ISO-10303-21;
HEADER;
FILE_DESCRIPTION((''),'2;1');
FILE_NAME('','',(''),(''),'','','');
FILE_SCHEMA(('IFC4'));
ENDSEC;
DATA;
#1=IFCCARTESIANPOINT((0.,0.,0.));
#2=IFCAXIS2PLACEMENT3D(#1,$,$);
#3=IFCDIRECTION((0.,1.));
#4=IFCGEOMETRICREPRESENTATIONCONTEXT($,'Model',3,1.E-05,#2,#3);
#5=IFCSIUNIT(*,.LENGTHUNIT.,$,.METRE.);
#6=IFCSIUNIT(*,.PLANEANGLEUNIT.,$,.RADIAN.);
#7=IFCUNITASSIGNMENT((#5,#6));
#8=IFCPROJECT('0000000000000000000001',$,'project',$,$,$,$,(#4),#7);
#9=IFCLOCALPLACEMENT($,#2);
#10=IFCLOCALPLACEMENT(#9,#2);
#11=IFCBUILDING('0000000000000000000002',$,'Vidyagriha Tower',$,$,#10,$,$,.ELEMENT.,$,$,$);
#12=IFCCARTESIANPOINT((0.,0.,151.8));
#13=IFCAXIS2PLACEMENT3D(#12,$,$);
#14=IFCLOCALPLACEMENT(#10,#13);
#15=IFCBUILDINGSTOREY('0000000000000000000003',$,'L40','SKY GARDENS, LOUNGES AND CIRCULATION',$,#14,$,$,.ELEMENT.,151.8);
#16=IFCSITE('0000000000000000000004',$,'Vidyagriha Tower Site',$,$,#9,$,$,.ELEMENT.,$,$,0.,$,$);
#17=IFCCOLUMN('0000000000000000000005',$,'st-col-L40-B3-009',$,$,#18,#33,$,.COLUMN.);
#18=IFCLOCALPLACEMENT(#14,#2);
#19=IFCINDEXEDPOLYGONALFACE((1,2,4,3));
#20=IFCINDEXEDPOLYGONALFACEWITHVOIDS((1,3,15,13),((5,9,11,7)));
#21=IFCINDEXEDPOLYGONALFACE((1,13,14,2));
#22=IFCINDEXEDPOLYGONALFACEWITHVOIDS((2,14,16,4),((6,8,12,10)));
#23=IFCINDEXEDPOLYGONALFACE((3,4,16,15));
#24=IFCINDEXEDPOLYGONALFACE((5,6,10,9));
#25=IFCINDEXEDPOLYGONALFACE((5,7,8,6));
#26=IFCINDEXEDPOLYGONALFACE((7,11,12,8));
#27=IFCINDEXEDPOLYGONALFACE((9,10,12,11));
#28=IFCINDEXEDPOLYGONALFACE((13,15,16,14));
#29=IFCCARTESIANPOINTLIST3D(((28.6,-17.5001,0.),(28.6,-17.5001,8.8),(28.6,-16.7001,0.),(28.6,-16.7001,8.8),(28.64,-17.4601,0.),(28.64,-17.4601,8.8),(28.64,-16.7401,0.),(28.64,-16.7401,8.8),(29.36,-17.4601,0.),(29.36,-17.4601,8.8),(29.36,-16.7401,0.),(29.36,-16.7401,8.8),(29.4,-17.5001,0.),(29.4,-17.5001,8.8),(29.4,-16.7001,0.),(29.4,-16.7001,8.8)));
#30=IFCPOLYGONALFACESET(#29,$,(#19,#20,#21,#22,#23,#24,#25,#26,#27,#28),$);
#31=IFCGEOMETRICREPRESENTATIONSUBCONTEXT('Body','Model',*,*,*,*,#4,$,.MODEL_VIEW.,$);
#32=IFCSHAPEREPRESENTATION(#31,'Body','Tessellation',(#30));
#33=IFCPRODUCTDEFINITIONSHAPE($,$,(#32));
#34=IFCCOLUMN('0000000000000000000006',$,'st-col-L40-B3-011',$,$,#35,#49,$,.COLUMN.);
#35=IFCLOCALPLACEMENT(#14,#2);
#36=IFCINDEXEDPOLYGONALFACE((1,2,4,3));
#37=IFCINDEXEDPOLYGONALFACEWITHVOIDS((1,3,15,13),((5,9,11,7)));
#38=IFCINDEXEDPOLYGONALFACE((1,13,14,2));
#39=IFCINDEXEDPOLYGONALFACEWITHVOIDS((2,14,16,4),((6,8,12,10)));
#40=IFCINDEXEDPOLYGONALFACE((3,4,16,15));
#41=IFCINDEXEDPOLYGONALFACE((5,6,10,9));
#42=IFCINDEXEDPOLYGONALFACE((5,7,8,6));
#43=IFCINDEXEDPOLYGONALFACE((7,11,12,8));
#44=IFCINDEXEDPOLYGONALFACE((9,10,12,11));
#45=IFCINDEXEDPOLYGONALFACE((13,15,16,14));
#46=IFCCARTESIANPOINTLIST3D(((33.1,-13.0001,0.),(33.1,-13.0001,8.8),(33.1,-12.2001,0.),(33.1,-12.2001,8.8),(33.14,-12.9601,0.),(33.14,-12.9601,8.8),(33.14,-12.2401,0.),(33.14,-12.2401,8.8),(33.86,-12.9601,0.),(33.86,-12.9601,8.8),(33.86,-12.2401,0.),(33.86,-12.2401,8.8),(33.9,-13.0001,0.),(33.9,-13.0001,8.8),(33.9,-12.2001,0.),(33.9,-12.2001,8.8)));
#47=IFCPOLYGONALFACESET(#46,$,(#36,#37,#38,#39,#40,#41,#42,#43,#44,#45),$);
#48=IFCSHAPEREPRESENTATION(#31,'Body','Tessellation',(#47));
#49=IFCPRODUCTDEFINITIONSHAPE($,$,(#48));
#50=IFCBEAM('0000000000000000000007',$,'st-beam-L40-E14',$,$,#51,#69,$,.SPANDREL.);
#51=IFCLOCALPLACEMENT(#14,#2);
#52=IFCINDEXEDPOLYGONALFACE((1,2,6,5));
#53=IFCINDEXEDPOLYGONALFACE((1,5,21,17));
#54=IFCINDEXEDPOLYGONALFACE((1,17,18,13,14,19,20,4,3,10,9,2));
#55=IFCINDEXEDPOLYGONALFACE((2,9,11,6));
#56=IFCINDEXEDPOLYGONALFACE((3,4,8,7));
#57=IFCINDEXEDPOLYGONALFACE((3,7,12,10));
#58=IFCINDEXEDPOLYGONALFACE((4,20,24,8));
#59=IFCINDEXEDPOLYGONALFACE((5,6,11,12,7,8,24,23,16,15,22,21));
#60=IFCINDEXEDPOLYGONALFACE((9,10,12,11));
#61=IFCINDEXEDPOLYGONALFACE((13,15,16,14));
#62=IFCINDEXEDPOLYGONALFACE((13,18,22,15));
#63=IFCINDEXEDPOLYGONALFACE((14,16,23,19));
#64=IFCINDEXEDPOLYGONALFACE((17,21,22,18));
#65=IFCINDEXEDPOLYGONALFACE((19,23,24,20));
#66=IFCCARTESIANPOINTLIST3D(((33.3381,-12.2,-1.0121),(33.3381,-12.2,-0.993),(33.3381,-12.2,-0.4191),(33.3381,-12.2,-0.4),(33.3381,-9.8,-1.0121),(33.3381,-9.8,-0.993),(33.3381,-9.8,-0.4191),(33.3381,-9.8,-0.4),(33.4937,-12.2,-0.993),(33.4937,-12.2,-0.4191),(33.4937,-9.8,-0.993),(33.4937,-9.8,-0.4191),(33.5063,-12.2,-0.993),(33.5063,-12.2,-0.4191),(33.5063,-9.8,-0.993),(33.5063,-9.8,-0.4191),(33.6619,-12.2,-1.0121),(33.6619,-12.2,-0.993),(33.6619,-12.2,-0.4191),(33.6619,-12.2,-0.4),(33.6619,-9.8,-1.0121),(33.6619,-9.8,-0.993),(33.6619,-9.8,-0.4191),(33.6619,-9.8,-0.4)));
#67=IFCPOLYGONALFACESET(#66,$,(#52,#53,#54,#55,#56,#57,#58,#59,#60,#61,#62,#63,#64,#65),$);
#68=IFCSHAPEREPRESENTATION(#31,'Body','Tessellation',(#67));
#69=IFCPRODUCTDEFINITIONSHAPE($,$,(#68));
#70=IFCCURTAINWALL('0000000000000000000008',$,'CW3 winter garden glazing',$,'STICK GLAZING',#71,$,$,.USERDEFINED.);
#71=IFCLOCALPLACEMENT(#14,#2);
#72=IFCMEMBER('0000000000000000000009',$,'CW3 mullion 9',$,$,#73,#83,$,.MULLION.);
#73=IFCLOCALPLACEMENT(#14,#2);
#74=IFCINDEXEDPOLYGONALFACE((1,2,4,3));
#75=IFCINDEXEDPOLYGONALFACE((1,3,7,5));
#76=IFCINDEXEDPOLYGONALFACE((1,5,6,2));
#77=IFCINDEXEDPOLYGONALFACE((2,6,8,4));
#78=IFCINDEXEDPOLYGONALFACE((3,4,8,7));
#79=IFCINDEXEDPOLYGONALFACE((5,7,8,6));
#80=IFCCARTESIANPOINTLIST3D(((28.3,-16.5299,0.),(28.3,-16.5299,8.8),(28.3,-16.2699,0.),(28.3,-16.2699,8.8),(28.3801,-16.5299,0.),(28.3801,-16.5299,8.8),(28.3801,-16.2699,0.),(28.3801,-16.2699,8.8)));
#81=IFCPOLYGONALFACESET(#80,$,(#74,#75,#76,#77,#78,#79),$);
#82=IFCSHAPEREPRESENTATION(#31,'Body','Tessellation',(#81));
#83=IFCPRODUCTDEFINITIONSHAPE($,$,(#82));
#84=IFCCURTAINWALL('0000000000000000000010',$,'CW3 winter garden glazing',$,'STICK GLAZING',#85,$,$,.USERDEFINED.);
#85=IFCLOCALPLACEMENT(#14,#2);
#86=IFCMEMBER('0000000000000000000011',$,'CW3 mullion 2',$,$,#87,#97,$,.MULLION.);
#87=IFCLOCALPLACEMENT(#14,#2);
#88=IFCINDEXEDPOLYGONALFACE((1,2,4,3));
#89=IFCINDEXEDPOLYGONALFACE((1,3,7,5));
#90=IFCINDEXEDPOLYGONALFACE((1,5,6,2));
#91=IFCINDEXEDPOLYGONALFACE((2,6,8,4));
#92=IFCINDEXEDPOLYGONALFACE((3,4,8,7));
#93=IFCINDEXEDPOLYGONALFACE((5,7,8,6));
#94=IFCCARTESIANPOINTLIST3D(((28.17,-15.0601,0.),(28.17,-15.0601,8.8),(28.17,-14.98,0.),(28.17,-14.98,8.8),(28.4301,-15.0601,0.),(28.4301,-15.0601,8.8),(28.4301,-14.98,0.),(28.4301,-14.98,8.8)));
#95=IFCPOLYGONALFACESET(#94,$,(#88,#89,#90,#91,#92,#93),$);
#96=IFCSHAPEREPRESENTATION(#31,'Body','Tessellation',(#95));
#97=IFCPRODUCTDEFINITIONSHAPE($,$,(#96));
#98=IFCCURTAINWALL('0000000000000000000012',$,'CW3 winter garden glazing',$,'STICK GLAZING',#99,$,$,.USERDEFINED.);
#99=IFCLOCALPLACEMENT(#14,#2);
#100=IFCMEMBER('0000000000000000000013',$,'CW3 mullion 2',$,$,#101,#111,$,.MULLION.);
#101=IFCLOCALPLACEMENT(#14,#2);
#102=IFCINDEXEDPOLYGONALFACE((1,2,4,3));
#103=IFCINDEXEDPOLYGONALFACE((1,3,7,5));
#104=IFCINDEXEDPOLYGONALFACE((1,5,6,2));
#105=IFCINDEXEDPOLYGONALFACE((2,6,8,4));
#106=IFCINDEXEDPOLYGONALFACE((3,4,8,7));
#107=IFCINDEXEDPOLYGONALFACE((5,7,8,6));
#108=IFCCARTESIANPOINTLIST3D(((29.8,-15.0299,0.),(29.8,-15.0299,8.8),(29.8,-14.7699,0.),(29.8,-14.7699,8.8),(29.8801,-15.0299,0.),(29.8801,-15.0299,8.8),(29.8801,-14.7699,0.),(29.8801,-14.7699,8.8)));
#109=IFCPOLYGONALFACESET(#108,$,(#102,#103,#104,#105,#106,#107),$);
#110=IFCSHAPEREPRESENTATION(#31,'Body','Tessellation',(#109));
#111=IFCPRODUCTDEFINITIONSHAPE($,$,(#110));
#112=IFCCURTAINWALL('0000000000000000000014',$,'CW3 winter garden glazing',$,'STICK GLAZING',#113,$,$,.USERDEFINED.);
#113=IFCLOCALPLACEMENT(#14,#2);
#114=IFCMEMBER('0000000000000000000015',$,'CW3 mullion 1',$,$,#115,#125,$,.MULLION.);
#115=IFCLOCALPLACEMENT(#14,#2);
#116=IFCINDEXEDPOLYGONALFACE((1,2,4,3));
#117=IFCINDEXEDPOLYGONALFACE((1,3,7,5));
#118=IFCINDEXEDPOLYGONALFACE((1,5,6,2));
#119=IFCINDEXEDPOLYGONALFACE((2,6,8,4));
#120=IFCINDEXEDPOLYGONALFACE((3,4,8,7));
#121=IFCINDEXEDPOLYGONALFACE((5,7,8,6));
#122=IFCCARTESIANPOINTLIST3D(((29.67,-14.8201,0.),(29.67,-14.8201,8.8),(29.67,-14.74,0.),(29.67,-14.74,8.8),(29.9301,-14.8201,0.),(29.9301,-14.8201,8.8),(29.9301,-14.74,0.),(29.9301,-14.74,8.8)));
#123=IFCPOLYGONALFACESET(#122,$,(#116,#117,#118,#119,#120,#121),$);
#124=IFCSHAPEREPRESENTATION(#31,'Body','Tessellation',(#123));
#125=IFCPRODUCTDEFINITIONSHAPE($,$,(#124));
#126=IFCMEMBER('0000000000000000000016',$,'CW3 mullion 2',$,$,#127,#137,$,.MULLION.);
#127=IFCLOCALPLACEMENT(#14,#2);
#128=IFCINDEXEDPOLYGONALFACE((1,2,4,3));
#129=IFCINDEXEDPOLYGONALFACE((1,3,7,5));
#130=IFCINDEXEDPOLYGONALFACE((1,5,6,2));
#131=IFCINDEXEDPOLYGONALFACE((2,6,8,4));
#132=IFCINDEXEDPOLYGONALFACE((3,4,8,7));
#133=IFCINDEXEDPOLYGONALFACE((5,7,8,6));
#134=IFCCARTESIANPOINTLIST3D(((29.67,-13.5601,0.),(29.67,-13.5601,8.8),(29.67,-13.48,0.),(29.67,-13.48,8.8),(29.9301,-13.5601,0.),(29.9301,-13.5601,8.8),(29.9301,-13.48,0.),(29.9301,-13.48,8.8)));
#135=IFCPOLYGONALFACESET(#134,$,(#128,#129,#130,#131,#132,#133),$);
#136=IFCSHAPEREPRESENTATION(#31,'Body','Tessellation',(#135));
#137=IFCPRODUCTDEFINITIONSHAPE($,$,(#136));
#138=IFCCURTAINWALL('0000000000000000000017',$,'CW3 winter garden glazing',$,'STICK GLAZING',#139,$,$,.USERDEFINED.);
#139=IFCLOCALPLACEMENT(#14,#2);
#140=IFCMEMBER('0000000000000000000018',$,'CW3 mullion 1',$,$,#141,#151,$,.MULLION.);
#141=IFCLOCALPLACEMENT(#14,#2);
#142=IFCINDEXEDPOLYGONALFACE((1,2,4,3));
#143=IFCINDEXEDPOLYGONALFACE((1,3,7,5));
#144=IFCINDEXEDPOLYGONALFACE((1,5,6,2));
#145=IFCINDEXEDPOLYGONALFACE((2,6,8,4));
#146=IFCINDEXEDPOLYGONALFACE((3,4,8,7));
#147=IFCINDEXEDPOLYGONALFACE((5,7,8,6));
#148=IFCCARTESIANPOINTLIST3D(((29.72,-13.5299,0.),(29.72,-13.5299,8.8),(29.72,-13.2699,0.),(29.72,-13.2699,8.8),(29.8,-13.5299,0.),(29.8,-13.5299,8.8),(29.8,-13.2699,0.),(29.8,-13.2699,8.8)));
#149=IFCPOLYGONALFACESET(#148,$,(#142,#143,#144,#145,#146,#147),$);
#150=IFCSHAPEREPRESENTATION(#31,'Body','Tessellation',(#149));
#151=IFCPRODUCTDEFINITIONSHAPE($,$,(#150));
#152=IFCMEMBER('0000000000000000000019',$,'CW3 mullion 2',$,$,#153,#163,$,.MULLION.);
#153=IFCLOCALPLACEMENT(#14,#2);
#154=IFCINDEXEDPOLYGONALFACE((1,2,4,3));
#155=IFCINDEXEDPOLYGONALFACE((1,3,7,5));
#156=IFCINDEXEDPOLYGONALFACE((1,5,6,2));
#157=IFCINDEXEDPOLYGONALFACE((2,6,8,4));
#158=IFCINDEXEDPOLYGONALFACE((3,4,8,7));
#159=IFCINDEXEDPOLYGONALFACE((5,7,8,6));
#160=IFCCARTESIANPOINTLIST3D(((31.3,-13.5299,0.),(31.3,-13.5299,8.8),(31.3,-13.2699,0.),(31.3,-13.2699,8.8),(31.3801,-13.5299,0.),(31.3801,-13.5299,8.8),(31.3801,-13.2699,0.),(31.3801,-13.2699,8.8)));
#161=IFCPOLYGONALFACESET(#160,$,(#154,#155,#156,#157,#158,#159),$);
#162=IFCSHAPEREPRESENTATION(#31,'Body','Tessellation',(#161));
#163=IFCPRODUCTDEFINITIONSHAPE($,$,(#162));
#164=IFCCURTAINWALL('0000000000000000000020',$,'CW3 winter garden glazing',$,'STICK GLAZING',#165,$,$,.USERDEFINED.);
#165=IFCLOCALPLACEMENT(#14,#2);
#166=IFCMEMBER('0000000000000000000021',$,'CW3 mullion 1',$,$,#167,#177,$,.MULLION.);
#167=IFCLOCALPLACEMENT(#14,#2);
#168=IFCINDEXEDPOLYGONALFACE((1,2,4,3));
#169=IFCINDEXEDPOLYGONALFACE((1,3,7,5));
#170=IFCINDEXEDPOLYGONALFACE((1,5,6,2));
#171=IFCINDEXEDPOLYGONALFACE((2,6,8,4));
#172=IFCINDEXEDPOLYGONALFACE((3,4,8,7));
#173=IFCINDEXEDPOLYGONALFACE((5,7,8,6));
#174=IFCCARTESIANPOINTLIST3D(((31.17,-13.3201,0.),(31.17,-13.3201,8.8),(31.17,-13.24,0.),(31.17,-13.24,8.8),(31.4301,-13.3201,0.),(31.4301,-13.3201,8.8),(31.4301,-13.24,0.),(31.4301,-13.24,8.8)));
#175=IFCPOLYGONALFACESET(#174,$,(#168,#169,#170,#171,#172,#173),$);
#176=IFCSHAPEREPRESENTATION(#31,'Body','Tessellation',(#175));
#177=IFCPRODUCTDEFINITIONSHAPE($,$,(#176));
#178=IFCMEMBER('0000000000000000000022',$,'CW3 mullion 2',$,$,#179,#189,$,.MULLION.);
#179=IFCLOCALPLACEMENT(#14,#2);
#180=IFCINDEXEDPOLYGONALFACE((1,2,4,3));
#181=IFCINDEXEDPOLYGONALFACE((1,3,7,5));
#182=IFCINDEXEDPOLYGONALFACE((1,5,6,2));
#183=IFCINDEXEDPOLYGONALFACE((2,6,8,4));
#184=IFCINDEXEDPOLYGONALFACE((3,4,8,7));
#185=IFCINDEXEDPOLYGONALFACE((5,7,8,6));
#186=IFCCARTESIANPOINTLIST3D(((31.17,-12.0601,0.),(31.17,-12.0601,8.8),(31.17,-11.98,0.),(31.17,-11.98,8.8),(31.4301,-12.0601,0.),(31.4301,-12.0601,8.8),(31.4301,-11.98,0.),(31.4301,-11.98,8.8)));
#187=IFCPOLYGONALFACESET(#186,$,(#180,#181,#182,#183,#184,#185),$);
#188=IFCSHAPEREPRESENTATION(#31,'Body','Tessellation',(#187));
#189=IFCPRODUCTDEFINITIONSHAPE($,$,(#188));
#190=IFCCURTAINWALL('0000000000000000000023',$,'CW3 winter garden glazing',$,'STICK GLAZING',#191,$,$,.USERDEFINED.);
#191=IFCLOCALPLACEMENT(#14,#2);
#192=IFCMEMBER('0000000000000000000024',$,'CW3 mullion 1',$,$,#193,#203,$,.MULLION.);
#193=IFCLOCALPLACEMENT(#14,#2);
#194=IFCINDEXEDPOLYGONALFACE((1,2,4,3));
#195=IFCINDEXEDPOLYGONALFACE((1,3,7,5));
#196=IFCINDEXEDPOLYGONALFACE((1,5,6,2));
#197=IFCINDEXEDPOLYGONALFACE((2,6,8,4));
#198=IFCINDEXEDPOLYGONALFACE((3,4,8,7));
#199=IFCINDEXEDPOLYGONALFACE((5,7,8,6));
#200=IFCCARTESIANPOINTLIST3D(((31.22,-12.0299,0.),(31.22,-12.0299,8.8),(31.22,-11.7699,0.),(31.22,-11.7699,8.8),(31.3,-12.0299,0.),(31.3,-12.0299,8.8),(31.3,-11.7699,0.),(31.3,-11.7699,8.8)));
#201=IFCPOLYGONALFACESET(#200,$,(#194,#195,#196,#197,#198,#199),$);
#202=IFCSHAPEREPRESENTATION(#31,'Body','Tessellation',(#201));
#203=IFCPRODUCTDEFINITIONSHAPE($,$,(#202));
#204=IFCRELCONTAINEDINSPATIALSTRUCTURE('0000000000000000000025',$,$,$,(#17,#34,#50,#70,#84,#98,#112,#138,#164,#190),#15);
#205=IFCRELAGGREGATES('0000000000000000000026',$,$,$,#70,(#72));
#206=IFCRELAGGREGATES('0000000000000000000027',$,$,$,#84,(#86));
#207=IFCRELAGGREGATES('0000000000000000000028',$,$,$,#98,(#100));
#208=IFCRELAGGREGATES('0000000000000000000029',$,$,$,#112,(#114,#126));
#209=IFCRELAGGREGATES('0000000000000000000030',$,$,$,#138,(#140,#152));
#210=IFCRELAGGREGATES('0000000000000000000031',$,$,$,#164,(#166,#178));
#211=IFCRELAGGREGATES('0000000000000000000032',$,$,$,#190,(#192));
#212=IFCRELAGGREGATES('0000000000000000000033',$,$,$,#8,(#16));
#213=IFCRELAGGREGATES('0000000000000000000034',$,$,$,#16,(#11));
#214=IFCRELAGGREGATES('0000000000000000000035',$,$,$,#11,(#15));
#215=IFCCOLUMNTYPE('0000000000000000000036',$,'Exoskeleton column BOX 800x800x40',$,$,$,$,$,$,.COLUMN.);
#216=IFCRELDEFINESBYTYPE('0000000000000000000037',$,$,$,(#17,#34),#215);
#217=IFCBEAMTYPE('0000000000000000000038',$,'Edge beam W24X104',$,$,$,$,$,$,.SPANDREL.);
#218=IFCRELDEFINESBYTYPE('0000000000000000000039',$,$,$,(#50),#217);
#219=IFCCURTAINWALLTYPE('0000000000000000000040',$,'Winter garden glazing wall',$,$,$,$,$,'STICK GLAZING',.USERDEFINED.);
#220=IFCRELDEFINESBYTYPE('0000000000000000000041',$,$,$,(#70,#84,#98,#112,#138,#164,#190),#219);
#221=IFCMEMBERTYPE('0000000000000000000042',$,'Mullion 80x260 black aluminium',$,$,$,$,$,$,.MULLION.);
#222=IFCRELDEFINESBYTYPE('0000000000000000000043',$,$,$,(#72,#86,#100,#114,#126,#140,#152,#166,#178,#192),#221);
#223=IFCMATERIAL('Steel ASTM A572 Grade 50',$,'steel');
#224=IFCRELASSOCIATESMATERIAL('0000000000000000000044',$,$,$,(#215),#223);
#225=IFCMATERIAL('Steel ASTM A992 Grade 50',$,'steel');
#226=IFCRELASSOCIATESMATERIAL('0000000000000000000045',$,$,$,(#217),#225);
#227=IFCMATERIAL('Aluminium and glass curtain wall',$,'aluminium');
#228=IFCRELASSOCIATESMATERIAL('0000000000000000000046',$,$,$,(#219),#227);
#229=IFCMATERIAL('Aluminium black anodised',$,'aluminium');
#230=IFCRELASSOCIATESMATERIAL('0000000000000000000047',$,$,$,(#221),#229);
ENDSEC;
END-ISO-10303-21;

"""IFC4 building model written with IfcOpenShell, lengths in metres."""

from ifc_helpers import new_model, si_unit, direction, frame, origin, origin_2d, place, context, subcontext, project, spatial, rectangle, hollow_rectangle, i_section, extrude, material, material_profile, profile_set, type_object, element, aggregate, save


model = new_model("IFC4")

# Units and contexts
model_context = context("Model", 3, precision=1e-05, world=origin(), true_north=direction((0.0, 1.0)))
body_context = subcontext(model_context, "Body", "Model", "MODEL_VIEW")
ifc_project = project(units=[si_unit("LENGTHUNIT", "METRE"), si_unit("PLANEANGLEUNIT", "RADIAN")], contexts=[model_context])

# Site, building, storey
site_placement = place(None, origin())
site = spatial("IfcSite", under=ifc_project, at=site_placement, Name="Vidyagriha Tower Site", CompositionType="ELEMENT", RefElevation=0.0)
building_placement = place(site_placement, origin())
building = spatial("IfcBuilding", under=site, at=building_placement, Name="Vidyagriha Tower", CompositionType="ELEMENT")
storey_placement = place(building_placement, frame((0.0, 0.0, 151.8)))
storey = spatial("IfcBuildingStorey", under=building, at=storey_placement, Name="L40", Description="SKY GARDENS, LOUNGES AND CIRCULATION", CompositionType="ELEMENT", Elevation=151.8)

# Columns
ifc_material_1 = material(Name="Steel ASTM A572 Grade 50", Category="steel")
ifc_material_profile_1 = material_profile(ifc_material_1, hollow_rectangle(XDim=0.8, YDim=0.8, WallThickness=0.04, at=origin_2d()), Name="BOX 800x800x40")
ifc_profile_set_1 = profile_set([ifc_material_profile_1], Name="Steel ASTM A572 Grade 50")
column_type = type_object("IfcColumnType", Name="Exoskeleton column BOX 800x800x40", PredefinedType="COLUMN", material=ifc_profile_set_1)
for number, where, name in (
    (1, (29.0, -17.1001, 0.0), "st-col-L40-B3-009"),
    (2, (33.5, -12.6001, 0.0), "st-col-L40-B3-011"),
):
    element("IfcColumn", number, at=place(storey_placement, frame(where)), inside=storey, type_object=column_type, Name=name, PredefinedType="COLUMN", context=body_context, shape_type="SweptSolid", body=[
        extrude(hollow_rectangle(XDim=0.8, YDim=0.8, WallThickness=0.04, at=origin_2d()), origin(), (0.0, 0.0, 1.0), 8.8),
    ])

# Beam
ifc_material_2 = material(Name="Steel ASTM A992 Grade 50", Category="steel")
ifc_material_profile_2 = material_profile(ifc_material_2, i_section(OverallWidth=0.3237, OverallDepth=0.6121, WebThickness=0.0127, FlangeThickness=0.019, at=origin_2d()), Name="W24X104")
ifc_profile_set_2 = profile_set([ifc_material_profile_2], Name="Steel ASTM A992 Grade 50")
beam_type = type_object("IfcBeamType", Name="Edge beam W24X104", PredefinedType="SPANDREL", material=ifc_profile_set_2)
beam_placement = place(storey_placement, frame((33.5, -12.2, -0.7061), z_axis=(0.0, 1.0, 0.0), x_axis=(-1.0, 0.0, 0.0)))
element("IfcBeam", 3, at=beam_placement, inside=storey, type_object=beam_type, Name="st-beam-L40-E14", PredefinedType="SPANDREL", context=body_context, shape_type="SweptSolid", body=[
    extrude(i_section(OverallWidth=0.3237, OverallDepth=0.6121, WebThickness=0.0127, FlangeThickness=0.019, at=origin_2d()), origin(), (0.0, 0.0, 1.0), 2.3999),
])

# Curtain walls, members
ifc_material_3 = material(Name="Aluminium and glass curtain wall", Category="aluminium")
curtain_wall_type = type_object("IfcCurtainWallType", Name="Winter garden glazing wall", ElementType="STICK GLAZING", PredefinedType="USERDEFINED", material=ifc_material_3)
curtain_wall_1_placement = place(storey_placement, origin())
curtain_wall_1 = element("IfcCurtainWall", 4, at=curtain_wall_1_placement, inside=storey, type_object=curtain_wall_type, Name="CW3 winter garden glazing", ObjectType="STICK GLAZING", PredefinedType="USERDEFINED")
ifc_material_4 = material(Name="Aluminium black anodised", Category="aluminium")
ifc_material_profile_3 = material_profile(ifc_material_4, rectangle(XDim=0.26, YDim=0.0801, at=origin_2d()), Name="Mullion 80x260 black aluminium")
ifc_profile_set_3 = profile_set([ifc_material_profile_3], Name="Aluminium black anodised")
member_type_1 = type_object("IfcMemberType", Name="Mullion 80x260 black aluminium", PredefinedType="MULLION", material=ifc_profile_set_3)
member_1_placement = place(storey_placement, frame((28.3401, -16.3999, 0.0), z_axis=(0.0, 0.0, 1.0), x_axis=(0.0, 1.0, 0.0)))
member_1 = element("IfcMember", 5, at=member_1_placement, type_object=member_type_1, Name="CW3 mullion 9", PredefinedType="MULLION", context=body_context, shape_type="SweptSolid", body=[
    extrude(rectangle(XDim=0.26, YDim=0.0801, at=origin_2d()), origin(), (0.0, 0.0, 1.0), 8.8),
])
aggregate(curtain_wall_1, [member_1])
curtain_wall_2_placement = place(storey_placement, origin())
curtain_wall_2 = element("IfcCurtainWall", 6, at=curtain_wall_2_placement, inside=storey, type_object=curtain_wall_type, Name="CW3 winter garden glazing", ObjectType="STICK GLAZING", PredefinedType="USERDEFINED")
member_2_placement = place(storey_placement, frame((28.3, -15.02, 0.0), z_axis=(0.0, 0.0, 1.0), x_axis=(-1.0, 0.0, 0.0)))
member_2 = element("IfcMember", 7, at=member_2_placement, type_object=member_type_1, Name="CW3 mullion 2", PredefinedType="MULLION", context=body_context, shape_type="SweptSolid", body=[
    extrude(rectangle(XDim=0.26, YDim=0.0801, at=origin_2d()), origin(), (0.0, 0.0, 1.0), 8.8),
])
curtain_wall_3_placement = place(storey_placement, origin())
curtain_wall_3 = element("IfcCurtainWall", 8, at=curtain_wall_3_placement, inside=storey, type_object=curtain_wall_type, Name="CW3 winter garden glazing", ObjectType="STICK GLAZING", PredefinedType="USERDEFINED")
member_3_placement = place(storey_placement, frame((29.8401, -14.8999, 0.0), z_axis=(0.0, 0.0, 1.0), x_axis=(0.0, 1.0, 0.0)))
member_3 = element("IfcMember", 9, at=member_3_placement, type_object=member_type_1, Name="CW3 mullion 2", PredefinedType="MULLION", context=body_context, shape_type="SweptSolid", body=[
    extrude(rectangle(XDim=0.26, YDim=0.0801, at=origin_2d()), origin(), (0.0, 0.0, 1.0), 8.8),
])

# Curtain walls, members
curtain_wall_4_placement = place(storey_placement, origin())
curtain_wall_4 = element("IfcCurtainWall", 10, at=curtain_wall_4_placement, inside=storey, type_object=curtain_wall_type, Name="CW3 winter garden glazing", ObjectType="STICK GLAZING", PredefinedType="USERDEFINED")
member_4_placement = place(storey_placement, frame((29.8, -14.78, 0.0), z_axis=(0.0, 0.0, 1.0), x_axis=(-1.0, 0.0, 0.0)))
member_4 = element("IfcMember", 11, at=member_4_placement, type_object=member_type_1, Name="CW3 mullion 1", PredefinedType="MULLION", context=body_context, shape_type="SweptSolid", body=[
    extrude(rectangle(XDim=0.26, YDim=0.0801, at=origin_2d()), origin(), (0.0, 0.0, 1.0), 8.8),
])
member_5_placement = place(storey_placement, frame((29.8, -13.52, 0.0), z_axis=(0.0, 0.0, 1.0), x_axis=(-1.0, 0.0, 0.0)))
member_5 = element("IfcMember", 12, at=member_5_placement, type_object=member_type_1, Name="CW3 mullion 2", PredefinedType="MULLION", context=body_context, shape_type="SweptSolid", body=[
    extrude(rectangle(XDim=0.26, YDim=0.0801, at=origin_2d()), origin(), (0.0, 0.0, 1.0), 8.8),
])
curtain_wall_5_placement = place(storey_placement, origin())
curtain_wall_5 = element("IfcCurtainWall", 13, at=curtain_wall_5_placement, inside=storey, type_object=curtain_wall_type, Name="CW3 winter garden glazing", ObjectType="STICK GLAZING", PredefinedType="USERDEFINED")
member_6_placement = place(storey_placement, frame((29.76, -13.3999, 0.0), z_axis=(0.0, 0.0, 1.0), x_axis=(0.0, 1.0, 0.0)))
member_6 = element("IfcMember", 14, at=member_6_placement, type_object=member_type_1, Name="CW3 mullion 1", PredefinedType="MULLION", context=body_context, shape_type="SweptSolid", body=[
    extrude(rectangle(XDim=0.26, YDim=0.0801, at=origin_2d()), origin(), (0.0, 0.0, 1.0), 8.8),
])
member_7_placement = place(storey_placement, frame((31.3401, -13.3999, 0.0), z_axis=(0.0, 0.0, 1.0), x_axis=(0.0, 1.0, 0.0)))
member_7 = element("IfcMember", 15, at=member_7_placement, type_object=member_type_1, Name="CW3 mullion 2", PredefinedType="MULLION", context=body_context, shape_type="SweptSolid", body=[
    extrude(rectangle(XDim=0.26, YDim=0.0801, at=origin_2d()), origin(), (0.0, 0.0, 1.0), 8.8),
])
curtain_wall_6_placement = place(storey_placement, origin())
curtain_wall_6 = element("IfcCurtainWall", 16, at=curtain_wall_6_placement, inside=storey, type_object=curtain_wall_type, Name="CW3 winter garden glazing", ObjectType="STICK GLAZING", PredefinedType="USERDEFINED")
member_8_placement = place(storey_placement, frame((31.3, -13.28, 0.0), z_axis=(0.0, 0.0, 1.0), x_axis=(-1.0, 0.0, 0.0)))
member_8 = element("IfcMember", 17, at=member_8_placement, type_object=member_type_1, Name="CW3 mullion 1", PredefinedType="MULLION", context=body_context, shape_type="SweptSolid", body=[
    extrude(rectangle(XDim=0.26, YDim=0.0801, at=origin_2d()), origin(), (0.0, 0.0, 1.0), 8.8),
])
member_9_placement = place(storey_placement, frame((31.3, -12.02, 0.0), z_axis=(0.0, 0.0, 1.0), x_axis=(-1.0, 0.0, 0.0)))
member_9 = element("IfcMember", 18, at=member_9_placement, type_object=member_type_1, Name="CW3 mullion 2", PredefinedType="MULLION", context=body_context, shape_type="SweptSolid", body=[
    extrude(rectangle(XDim=0.26, YDim=0.0801, at=origin_2d()), origin(), (0.0, 0.0, 1.0), 8.8),
])
curtain_wall_7_placement = place(storey_placement, origin())
curtain_wall_7 = element("IfcCurtainWall", 19, at=curtain_wall_7_placement, inside=storey, type_object=curtain_wall_type, Name="CW3 winter garden glazing", ObjectType="STICK GLAZING", PredefinedType="USERDEFINED")
member_10_placement = place(storey_placement, frame((31.26, -11.8999, 0.0), z_axis=(0.0, 0.0, 1.0), x_axis=(0.0, 1.0, 0.0)))
member_10 = element("IfcMember", 20, at=member_10_placement, type_object=member_type_1, Name="CW3 mullion 1", PredefinedType="MULLION", context=body_context, shape_type="SweptSolid", body=[
    extrude(rectangle(XDim=0.26, YDim=0.0801, at=origin_2d()), origin(), (0.0, 0.0, 1.0), 8.8),
])

aggregate(curtain_wall_2, [member_2])
aggregate(curtain_wall_3, [member_3])
aggregate(curtain_wall_4, [member_4, member_5])
aggregate(curtain_wall_5, [member_6, member_7])
aggregate(curtain_wall_6, [member_8, member_9])
aggregate(curtain_wall_7, [member_10])

save(model, "model.ifc")
